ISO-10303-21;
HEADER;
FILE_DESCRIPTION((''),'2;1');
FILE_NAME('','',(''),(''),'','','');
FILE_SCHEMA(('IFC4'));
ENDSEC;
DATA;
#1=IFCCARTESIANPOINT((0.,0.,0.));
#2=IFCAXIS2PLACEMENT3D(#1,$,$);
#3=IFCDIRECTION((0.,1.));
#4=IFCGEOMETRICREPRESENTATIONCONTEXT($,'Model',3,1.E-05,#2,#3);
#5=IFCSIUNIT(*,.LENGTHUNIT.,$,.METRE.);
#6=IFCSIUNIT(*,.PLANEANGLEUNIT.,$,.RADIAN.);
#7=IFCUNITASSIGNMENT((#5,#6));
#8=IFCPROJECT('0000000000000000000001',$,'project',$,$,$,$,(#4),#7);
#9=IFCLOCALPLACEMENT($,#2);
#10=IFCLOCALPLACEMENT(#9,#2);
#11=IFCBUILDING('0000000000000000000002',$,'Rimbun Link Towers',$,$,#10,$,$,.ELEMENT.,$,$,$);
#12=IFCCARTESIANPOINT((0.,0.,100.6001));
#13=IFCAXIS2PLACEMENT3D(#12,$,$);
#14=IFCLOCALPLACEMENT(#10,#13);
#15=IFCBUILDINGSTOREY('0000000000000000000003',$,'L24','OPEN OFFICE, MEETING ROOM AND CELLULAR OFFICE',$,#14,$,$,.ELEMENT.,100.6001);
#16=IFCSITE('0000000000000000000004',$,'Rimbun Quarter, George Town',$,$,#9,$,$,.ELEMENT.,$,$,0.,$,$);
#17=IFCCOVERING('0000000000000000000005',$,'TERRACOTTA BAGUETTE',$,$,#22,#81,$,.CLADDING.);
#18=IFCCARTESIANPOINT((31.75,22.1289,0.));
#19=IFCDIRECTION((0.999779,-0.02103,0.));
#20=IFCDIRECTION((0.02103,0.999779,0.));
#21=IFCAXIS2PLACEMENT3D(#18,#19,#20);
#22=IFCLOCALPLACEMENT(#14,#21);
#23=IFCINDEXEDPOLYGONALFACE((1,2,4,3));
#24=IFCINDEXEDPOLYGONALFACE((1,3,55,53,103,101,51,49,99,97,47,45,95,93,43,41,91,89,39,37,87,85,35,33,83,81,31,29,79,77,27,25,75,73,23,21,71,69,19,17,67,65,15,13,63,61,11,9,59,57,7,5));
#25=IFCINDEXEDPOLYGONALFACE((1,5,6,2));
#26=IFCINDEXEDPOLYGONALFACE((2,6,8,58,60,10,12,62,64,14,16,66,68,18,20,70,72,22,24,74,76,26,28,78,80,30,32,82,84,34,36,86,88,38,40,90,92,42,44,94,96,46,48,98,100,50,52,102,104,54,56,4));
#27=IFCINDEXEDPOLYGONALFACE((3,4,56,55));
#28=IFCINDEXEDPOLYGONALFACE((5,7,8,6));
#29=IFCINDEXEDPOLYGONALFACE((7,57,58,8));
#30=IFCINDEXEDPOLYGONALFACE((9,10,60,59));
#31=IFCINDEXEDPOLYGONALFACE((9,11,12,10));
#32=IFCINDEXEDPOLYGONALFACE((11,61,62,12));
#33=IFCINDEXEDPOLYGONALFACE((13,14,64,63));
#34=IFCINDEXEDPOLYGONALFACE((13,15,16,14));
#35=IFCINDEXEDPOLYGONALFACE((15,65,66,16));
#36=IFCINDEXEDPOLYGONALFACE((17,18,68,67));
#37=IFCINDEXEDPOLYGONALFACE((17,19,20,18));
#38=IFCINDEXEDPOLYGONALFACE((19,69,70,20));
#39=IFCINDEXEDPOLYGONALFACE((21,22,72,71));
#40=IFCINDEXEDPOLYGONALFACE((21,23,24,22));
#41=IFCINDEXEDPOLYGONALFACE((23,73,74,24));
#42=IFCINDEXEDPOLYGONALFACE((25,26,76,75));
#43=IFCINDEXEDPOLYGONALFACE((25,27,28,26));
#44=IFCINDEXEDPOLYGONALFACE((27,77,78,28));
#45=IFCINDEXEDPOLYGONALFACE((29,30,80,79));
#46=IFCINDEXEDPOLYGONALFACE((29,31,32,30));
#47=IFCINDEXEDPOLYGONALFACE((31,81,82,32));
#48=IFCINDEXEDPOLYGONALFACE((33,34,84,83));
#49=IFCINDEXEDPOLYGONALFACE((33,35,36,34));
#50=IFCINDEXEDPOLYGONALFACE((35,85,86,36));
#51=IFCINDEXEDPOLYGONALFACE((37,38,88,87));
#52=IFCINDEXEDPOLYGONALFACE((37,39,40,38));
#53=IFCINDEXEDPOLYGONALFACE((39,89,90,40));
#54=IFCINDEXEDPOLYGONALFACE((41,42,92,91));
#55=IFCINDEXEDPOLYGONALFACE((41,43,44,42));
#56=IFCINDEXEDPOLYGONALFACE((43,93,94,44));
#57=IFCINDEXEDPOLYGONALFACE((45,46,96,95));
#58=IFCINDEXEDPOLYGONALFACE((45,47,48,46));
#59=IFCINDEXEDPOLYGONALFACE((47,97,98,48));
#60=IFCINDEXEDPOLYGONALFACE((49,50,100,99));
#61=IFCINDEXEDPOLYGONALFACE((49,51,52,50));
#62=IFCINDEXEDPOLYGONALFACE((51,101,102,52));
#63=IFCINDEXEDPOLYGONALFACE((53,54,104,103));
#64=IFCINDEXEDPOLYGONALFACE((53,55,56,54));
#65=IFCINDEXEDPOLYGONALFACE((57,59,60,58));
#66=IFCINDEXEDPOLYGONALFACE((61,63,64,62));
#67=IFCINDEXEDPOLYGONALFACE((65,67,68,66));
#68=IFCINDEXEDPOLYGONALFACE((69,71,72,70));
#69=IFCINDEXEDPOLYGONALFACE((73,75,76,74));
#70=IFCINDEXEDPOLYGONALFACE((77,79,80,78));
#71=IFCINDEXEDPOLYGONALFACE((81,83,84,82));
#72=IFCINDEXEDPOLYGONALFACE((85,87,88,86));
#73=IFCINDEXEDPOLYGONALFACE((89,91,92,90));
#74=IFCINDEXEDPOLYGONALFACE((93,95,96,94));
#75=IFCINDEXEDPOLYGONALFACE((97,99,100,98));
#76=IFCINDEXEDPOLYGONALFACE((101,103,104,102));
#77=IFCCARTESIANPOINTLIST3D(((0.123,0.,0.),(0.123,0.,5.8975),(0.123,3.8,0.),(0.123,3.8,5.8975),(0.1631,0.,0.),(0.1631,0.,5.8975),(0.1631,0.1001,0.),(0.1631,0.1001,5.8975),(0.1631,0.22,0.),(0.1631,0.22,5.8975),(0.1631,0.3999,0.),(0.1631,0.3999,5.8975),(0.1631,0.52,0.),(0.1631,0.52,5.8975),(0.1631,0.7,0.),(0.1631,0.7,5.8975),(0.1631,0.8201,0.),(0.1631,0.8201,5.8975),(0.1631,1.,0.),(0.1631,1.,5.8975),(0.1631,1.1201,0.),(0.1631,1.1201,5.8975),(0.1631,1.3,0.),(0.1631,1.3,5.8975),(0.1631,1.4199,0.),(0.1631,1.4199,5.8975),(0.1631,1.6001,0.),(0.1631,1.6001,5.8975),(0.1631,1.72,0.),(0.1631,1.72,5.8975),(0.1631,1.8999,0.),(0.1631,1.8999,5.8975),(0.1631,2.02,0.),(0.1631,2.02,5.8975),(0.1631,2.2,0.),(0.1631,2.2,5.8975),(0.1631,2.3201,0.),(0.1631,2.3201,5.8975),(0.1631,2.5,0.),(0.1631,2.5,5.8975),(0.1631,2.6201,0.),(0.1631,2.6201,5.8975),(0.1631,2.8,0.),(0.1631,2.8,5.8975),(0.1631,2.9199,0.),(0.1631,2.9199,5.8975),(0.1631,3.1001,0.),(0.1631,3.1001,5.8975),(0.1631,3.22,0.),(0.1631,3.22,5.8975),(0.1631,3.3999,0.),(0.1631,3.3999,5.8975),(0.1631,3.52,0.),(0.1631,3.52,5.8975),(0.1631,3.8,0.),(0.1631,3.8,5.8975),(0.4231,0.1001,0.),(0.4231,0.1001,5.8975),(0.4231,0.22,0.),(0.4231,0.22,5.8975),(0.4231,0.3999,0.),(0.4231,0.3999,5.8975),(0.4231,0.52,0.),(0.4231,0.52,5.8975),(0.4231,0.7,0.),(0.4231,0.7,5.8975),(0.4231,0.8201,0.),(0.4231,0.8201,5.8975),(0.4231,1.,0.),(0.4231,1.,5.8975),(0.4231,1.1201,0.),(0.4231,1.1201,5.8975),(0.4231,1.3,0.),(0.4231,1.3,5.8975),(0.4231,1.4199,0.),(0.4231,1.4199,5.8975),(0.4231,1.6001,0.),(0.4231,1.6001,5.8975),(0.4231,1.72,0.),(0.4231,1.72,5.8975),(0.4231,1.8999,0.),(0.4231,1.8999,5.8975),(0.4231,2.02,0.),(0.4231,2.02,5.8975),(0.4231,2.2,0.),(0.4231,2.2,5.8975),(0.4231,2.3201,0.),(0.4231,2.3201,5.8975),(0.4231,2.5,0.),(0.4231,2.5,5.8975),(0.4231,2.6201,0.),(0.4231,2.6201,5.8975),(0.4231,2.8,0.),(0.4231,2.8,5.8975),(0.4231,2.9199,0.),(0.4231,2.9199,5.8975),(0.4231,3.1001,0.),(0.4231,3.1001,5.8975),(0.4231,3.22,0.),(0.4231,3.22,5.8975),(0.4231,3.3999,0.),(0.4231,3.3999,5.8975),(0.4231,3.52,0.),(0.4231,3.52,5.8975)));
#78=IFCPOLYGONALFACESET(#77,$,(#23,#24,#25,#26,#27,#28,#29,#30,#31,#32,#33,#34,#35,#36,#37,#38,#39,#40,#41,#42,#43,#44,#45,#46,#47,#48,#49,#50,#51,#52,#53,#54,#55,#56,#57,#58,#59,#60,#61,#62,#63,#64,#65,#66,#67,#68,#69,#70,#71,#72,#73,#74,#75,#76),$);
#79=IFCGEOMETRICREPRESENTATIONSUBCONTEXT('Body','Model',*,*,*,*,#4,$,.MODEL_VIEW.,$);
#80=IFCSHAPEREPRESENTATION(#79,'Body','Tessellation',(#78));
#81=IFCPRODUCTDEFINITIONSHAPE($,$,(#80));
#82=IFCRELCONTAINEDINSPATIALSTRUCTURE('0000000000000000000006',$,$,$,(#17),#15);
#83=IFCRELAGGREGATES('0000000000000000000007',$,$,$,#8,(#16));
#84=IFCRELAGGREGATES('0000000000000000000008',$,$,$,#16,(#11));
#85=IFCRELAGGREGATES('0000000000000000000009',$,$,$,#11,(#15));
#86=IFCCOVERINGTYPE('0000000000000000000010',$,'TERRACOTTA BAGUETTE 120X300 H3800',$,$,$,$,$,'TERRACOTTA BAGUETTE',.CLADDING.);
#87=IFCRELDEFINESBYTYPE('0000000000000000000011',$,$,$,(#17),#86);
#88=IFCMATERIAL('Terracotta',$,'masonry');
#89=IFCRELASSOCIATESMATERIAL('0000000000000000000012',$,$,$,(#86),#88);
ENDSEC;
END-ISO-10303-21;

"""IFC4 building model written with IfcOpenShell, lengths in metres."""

from ifc_helpers import new_model, si_unit, direction, frame, origin, place, context, subcontext, project, spatial, polyline, outline, extrude, material, material_profile, profile_set, type_object, element, save


model = new_model("IFC4")

# Units and contexts
model_context = context("Model", 3, precision=1e-05, world=origin(), true_north=direction((0.0, 1.0)))
body_context = subcontext(model_context, "Body", "Model", "MODEL_VIEW")
ifc_project = project(units=[si_unit("LENGTHUNIT", "METRE"), si_unit("PLANEANGLEUNIT", "RADIAN")], contexts=[model_context])

# Site, building, storey
site_placement = place(None, origin())
site = spatial("IfcSite", under=ifc_project, at=site_placement, Name="Rimbun Quarter, George Town", CompositionType="ELEMENT", RefElevation=0.0)
building_placement = place(site_placement, origin())
building = spatial("IfcBuilding", under=site, at=building_placement, Name="Rimbun Link Towers", CompositionType="ELEMENT")
storey_placement = place(building_placement, frame((0.0, 0.0, 100.6001)))
storey = spatial("IfcBuildingStorey", under=building, at=storey_placement, Name="L24", Description="OPEN OFFICE, MEETING ROOM AND CELLULAR OFFICE", CompositionType="ELEMENT", Elevation=100.6001)

# Covering
ifc_material_1 = material(Name="Terracotta", Category="masonry")
ifc_material_profile_1 = material_profile(ifc_material_1, outline(polyline([(0.123, 0.0), (0.1631, 0.0), (0.1631, 0.1001), (0.4231, 0.1001), (0.4231, 0.22), (0.1631, 0.22), (0.1631, 0.3999), (0.4231, 0.3999), (0.4231, 0.52), (0.1631, 0.52), (0.1631, 0.7), (0.4231, 0.7), (0.4231, 0.8201), (0.1631, 0.8201), (0.1631, 1.0), (0.4231, 1.0), (0.4231, 1.1201), (0.1631, 1.1201), (0.1631, 1.3), (0.4231, 1.3), (0.4231, 1.4199), (0.1631, 1.4199), (0.1631, 1.6001), (0.4231, 1.6001), (0.4231, 1.72), (0.1631, 1.72), (0.1631, 1.8999), (0.4231, 1.8999), (0.4231, 2.02), (0.1631, 2.02), (0.1631, 2.2), (0.4231, 2.2), (0.4231, 2.3201), (0.1631, 2.3201), (0.1631, 2.5), (0.4231, 2.5), (0.4231, 2.6201), (0.1631, 2.6201), (0.1631, 2.8), (0.4231, 2.8), (0.4231, 2.9199), (0.1631, 2.9199), (0.1631, 3.1001), (0.4231, 3.1001), (0.4231, 3.22), (0.1631, 3.22), (0.1631, 3.3999), (0.4231, 3.3999), (0.4231, 3.52), (0.1631, 3.52), (0.1631, 3.8), (0.123, 3.8), (0.123, 0.0)])), Name="BAGUETTE 120X300")
ifc_profile_set_1 = profile_set([ifc_material_profile_1], Name="Terracotta")
covering_type = type_object("IfcCoveringType", Name="TERRACOTTA BAGUETTE 120X300 H3800", ElementType="TERRACOTTA BAGUETTE", PredefinedType="CLADDING", material=ifc_profile_set_1)
covering_1_placement = place(storey_placement, frame((31.75, 22.1289, 0.0), z_axis=(0.999779, -0.02103, 0.0), x_axis=(0.02103, 0.999779, 0.0)))
element("IfcCovering", 1, at=covering_1_placement, inside=storey, type_object=covering_type, Name="TERRACOTTA BAGUETTE", PredefinedType="CLADDING", context=body_context, shape_type="SweptSolid", body=[
    extrude(outline(polyline([(0.123, 0.0), (0.1631, 0.0), (0.1631, 0.1001), (0.4231, 0.1001), (0.4231, 0.22), (0.1631, 0.22), (0.1631, 0.3999), (0.4231, 0.3999), (0.4231, 0.52), (0.1631, 0.52), (0.1631, 0.7), (0.4231, 0.7), (0.4231, 0.8201), (0.1631, 0.8201), (0.1631, 1.0), (0.4231, 1.0), (0.4231, 1.1201), (0.1631, 1.1201), (0.1631, 1.3), (0.4231, 1.3), (0.4231, 1.4199), (0.1631, 1.4199), (0.1631, 1.6001), (0.4231, 1.6001), (0.4231, 1.72), (0.1631, 1.72), (0.1631, 1.8999), (0.4231, 1.8999), (0.4231, 2.02), (0.1631, 2.02), (0.1631, 2.2), (0.4231, 2.2), (0.4231, 2.3201), (0.1631, 2.3201), (0.1631, 2.5), (0.4231, 2.5), (0.4231, 2.6201), (0.1631, 2.6201), (0.1631, 2.8), (0.4231, 2.8), (0.4231, 2.9199), (0.1631, 2.9199), (0.1631, 3.1001), (0.4231, 3.1001), (0.4231, 3.22), (0.1631, 3.22), (0.1631, 3.3999), (0.4231, 3.3999), (0.4231, 3.52), (0.1631, 3.52), (0.1631, 3.8), (0.123, 3.8), (0.123, 0.0)])), origin(), (0.0, 0.0, 1.0), 5.8975),
])

save(model, "model.ifc")
